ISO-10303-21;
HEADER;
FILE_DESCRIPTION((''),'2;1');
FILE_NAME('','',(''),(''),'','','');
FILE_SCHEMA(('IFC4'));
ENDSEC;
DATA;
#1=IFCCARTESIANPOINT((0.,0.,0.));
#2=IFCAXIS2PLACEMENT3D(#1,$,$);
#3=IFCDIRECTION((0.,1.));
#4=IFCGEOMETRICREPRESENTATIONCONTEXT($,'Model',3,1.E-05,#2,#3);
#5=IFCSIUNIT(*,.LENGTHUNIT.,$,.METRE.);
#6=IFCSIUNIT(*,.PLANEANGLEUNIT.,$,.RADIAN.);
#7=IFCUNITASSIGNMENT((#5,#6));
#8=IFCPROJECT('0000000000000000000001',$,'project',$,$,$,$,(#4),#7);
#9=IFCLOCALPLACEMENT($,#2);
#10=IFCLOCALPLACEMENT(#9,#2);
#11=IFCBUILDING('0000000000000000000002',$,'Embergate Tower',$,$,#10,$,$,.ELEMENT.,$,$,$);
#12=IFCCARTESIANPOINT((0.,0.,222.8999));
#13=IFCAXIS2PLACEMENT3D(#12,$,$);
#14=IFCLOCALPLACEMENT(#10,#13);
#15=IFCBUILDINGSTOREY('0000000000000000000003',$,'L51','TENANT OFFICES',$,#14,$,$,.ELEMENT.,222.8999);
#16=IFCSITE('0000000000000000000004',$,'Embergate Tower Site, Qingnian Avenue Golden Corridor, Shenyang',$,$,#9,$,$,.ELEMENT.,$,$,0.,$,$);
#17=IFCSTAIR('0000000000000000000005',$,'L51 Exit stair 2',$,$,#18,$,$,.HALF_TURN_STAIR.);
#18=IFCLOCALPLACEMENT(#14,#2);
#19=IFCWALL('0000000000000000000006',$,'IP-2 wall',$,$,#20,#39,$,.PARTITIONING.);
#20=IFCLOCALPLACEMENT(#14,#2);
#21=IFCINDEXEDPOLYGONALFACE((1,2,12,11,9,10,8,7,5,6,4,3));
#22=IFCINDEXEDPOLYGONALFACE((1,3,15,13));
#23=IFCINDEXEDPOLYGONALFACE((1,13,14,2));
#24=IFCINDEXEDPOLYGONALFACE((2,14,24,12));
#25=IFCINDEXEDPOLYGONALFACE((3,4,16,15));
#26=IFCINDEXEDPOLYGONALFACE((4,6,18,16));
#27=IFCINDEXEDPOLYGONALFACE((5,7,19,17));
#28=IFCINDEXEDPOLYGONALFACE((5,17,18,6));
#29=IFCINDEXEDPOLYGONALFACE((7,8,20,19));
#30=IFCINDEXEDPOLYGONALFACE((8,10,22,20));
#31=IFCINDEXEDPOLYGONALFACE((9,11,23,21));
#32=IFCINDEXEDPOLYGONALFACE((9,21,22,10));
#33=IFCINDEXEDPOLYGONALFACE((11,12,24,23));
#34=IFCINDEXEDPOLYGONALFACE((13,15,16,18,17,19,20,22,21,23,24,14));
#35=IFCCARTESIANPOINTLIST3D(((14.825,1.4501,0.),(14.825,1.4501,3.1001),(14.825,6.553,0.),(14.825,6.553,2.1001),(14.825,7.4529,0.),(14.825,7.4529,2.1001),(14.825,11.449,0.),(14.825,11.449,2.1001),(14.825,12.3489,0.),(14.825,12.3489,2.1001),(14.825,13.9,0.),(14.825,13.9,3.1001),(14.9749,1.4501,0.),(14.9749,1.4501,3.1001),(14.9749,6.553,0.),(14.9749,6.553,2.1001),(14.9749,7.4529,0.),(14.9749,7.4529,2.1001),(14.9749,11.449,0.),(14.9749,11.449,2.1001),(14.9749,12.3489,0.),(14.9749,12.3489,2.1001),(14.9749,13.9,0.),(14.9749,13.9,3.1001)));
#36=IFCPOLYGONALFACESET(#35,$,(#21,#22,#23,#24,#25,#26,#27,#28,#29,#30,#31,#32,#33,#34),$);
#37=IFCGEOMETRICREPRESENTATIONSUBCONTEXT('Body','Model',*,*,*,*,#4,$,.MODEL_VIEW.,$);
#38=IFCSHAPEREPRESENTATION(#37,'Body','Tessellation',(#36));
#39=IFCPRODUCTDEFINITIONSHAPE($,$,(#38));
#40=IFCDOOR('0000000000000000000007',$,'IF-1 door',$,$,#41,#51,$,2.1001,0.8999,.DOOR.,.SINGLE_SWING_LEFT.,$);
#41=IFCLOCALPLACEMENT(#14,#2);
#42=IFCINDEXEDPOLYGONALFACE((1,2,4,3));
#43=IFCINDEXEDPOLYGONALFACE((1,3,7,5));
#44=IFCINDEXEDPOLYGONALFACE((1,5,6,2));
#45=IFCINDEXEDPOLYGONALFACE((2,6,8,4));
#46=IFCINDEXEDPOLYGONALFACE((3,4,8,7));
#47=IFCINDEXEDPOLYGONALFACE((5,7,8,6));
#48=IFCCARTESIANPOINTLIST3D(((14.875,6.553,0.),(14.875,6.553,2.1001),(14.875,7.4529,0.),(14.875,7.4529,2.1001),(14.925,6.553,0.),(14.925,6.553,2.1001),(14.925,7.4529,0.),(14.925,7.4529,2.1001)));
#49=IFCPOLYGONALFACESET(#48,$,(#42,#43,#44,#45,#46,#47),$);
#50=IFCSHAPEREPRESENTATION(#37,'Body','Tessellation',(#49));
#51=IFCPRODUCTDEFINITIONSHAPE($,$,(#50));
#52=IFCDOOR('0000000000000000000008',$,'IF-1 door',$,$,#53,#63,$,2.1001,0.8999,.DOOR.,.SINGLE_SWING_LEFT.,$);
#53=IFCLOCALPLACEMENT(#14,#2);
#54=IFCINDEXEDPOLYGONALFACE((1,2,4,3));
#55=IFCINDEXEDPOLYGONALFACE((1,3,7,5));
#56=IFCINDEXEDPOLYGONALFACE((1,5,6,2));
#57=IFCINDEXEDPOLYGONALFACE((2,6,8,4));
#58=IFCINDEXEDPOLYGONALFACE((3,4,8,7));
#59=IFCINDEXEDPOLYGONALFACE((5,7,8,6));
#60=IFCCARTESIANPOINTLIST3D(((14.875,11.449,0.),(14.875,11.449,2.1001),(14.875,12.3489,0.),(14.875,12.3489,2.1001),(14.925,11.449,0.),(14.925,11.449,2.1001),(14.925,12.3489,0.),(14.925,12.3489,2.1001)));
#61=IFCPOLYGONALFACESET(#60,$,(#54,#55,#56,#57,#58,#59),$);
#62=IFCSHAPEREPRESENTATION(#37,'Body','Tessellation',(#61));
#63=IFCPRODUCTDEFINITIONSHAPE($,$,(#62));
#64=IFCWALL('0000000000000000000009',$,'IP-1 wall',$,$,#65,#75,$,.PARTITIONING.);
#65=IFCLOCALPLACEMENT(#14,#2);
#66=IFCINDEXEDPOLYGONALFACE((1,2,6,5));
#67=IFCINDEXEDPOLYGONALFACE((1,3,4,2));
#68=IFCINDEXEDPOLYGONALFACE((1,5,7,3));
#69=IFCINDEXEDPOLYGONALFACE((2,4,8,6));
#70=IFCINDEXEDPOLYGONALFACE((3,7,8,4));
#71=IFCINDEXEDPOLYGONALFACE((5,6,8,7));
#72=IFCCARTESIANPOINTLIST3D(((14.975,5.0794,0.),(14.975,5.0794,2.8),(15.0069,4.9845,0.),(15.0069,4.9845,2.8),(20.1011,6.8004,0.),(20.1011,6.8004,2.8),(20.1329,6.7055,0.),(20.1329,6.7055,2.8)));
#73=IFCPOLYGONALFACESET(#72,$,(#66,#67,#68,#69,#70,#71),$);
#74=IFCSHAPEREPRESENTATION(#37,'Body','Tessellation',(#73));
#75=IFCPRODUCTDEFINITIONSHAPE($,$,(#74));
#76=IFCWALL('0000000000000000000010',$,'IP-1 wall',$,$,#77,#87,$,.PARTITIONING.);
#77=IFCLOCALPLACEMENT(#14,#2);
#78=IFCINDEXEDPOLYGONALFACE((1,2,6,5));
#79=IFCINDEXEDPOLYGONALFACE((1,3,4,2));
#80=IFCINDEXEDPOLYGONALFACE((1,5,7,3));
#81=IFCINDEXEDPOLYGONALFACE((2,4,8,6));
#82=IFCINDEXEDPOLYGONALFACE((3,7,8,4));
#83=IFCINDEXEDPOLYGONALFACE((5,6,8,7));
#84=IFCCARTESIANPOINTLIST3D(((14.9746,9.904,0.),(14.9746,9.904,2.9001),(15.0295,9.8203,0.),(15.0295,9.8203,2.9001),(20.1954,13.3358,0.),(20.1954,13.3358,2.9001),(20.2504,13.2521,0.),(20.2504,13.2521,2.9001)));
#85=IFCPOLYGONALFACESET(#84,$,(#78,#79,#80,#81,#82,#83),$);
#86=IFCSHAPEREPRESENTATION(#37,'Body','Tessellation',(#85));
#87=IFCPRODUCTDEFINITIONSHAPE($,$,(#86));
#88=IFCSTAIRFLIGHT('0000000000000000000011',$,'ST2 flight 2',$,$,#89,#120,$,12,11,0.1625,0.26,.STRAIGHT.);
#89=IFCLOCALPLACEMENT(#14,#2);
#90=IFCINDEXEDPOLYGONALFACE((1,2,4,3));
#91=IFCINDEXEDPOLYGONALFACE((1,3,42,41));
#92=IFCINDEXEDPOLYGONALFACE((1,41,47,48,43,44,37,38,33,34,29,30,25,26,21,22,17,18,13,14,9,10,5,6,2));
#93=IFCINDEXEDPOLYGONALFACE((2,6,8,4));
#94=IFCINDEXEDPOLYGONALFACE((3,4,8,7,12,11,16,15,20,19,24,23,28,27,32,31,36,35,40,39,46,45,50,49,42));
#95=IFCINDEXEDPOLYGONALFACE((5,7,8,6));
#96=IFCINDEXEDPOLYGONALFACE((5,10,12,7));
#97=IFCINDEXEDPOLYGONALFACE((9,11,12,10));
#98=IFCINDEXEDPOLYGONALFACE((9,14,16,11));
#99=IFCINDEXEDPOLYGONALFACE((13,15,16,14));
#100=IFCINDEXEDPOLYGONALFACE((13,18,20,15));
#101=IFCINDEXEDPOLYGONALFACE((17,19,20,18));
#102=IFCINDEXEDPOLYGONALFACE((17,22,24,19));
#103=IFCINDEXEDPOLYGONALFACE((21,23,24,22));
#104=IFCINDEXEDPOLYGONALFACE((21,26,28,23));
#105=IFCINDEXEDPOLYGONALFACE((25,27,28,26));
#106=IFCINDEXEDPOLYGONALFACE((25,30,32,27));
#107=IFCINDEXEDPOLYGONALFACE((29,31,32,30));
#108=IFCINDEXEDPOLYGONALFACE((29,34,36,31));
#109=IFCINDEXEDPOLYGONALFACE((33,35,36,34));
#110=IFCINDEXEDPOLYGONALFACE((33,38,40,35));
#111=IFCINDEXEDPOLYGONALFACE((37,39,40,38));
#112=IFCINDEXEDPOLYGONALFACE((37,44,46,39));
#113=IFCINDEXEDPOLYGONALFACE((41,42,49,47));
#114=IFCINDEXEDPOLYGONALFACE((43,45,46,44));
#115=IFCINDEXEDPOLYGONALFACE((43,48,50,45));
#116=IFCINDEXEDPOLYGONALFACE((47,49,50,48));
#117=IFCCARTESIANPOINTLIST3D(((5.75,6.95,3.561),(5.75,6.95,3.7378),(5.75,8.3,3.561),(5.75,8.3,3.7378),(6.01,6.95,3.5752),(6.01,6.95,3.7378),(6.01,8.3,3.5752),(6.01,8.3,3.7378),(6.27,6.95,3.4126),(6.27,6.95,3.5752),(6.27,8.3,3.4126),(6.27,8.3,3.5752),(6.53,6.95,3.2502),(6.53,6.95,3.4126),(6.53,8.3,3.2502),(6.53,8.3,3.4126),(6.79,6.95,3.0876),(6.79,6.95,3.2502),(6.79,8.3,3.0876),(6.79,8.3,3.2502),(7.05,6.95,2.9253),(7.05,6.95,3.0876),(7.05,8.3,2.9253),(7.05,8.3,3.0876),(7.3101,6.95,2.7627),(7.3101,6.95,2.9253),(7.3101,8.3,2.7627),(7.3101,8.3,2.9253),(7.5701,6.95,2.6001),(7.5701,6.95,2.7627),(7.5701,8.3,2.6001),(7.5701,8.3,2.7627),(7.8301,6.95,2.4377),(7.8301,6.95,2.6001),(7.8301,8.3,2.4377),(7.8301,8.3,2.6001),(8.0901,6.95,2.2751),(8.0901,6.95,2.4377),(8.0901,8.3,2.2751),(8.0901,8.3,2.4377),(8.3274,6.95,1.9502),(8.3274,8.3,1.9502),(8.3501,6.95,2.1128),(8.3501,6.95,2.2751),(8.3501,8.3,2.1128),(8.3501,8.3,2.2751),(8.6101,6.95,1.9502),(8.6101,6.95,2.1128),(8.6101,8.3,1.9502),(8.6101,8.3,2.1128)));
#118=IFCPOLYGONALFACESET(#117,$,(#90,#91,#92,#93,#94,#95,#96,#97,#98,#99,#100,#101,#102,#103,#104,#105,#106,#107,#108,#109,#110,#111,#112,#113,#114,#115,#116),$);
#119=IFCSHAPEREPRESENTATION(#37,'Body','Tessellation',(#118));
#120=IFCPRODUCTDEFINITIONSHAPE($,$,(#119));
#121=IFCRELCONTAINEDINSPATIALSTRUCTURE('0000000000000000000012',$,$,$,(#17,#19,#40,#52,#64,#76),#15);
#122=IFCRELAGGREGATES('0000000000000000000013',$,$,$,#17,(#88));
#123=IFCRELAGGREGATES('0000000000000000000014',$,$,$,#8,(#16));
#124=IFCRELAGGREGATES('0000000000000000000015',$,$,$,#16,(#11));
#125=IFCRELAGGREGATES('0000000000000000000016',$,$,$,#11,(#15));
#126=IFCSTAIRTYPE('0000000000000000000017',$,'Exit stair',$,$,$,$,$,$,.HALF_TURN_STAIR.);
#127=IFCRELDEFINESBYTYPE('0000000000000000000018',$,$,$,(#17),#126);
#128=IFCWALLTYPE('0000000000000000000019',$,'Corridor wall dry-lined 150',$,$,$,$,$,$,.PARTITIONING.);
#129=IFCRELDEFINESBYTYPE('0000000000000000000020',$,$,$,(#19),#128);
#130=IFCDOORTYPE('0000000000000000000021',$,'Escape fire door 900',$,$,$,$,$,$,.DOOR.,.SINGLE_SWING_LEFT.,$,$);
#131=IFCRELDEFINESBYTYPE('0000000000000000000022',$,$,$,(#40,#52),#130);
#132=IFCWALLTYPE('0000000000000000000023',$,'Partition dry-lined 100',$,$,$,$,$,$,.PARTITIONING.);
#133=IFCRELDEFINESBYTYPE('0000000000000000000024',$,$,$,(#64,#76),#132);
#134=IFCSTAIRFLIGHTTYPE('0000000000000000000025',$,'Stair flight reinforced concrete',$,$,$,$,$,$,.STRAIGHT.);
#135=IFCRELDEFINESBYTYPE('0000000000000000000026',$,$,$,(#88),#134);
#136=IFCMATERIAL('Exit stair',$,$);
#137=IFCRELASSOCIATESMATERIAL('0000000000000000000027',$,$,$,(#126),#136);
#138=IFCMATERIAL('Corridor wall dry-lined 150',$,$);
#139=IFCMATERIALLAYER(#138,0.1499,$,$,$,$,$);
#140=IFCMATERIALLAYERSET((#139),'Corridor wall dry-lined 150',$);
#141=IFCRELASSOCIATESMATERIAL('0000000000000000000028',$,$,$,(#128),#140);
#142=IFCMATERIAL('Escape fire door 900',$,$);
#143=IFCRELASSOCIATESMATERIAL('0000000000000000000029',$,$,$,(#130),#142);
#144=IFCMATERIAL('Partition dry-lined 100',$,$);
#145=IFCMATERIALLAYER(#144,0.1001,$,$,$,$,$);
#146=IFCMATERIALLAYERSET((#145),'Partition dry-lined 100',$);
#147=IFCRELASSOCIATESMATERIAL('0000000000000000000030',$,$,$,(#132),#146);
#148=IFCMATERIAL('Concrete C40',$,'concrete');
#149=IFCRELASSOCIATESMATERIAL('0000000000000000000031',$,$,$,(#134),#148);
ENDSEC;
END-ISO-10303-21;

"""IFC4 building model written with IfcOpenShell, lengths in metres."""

from ifc_helpers import new_model, si_unit, direction, frame, frame_2d, origin, place, context, subcontext, project, spatial, polyline, rectangle, outline, extrude, source, transform, mapped, material, layer, layer_set, type_object, element, fill, aggregate, save


model = new_model("IFC4")

# Units and contexts
model_context = context("Model", 3, precision=1e-05, world=origin(), true_north=direction((0.0, 1.0)))
body_context = subcontext(model_context, "Body", "Model", "MODEL_VIEW")
ifc_project = project(units=[si_unit("LENGTHUNIT", "METRE"), si_unit("PLANEANGLEUNIT", "RADIAN")], contexts=[model_context])

# Site, building, storey
site_placement = place(None, origin())
site = spatial("IfcSite", under=ifc_project, at=site_placement, Name="Embergate Tower Site, Qingnian Avenue Golden Corridor, Shenyang", CompositionType="ELEMENT", RefElevation=0.0)
building_placement = place(site_placement, origin())
building = spatial("IfcBuilding", under=site, at=building_placement, Name="Embergate Tower", CompositionType="ELEMENT")
storey_placement = place(building_placement, frame((0.0, 0.0, 222.8999)))
storey = spatial("IfcBuildingStorey", under=building, at=storey_placement, Name="L51", Description="TENANT OFFICES", CompositionType="ELEMENT", Elevation=222.8999)

# Stair
ifc_material_1 = material(Name="Exit stair")
stair_type = type_object("IfcStairType", Name="Exit stair", PredefinedType="HALF_TURN_STAIR", material=ifc_material_1)
stair_placement = place(storey_placement, origin())
stair = element("IfcStair", 1, at=stair_placement, inside=storey, type_object=stair_type, Name="L51 Exit stair 2", PredefinedType="HALF_TURN_STAIR")
ifc_material_2 = material(Name="Concrete C40", Category="concrete")

# Wall, openings, doors
ifc_material_3 = material(Name="Corridor wall dry-lined 150")
ifc_layer_1 = layer(ifc_material_3, 0.1499)
ifc_layer_set_1 = layer_set([ifc_layer_1], Name="Corridor wall dry-lined 150")
wall_type_1 = type_object("IfcWallType", Name="Corridor wall dry-lined 150", PredefinedType="PARTITIONING", material=ifc_layer_set_1)
shared_shape_1 = source(origin(), body_context, "Body", "SweptSolid", [
    extrude(rectangle(XDim=12.45, YDim=0.1499, at=frame_2d((6.2251, 0.0))), origin(), (0.0, 0.0, 1.0), 3.1001),
])
wall_1_placement = place(storey_placement, frame((14.8999, 1.45, 0.0), z_axis=(0.0, 0.0, 1.0), x_axis=(0.0, 1.0, 0.0)))
wall_1 = element("IfcWall", 2, at=wall_1_placement, inside=storey, type_object=wall_type_1, Name="IP-2 wall", PredefinedType="PARTITIONING", context=body_context, shape_type="MappedRepresentation", body=[
    mapped(shared_shape_1, transform((0.0, 0.0, 0.0))),
])
shared_shape_2 = source(origin(), body_context, "Body", "SweptSolid", [
    extrude(rectangle(XDim=0.8999, YDim=2.1001, at=frame_2d((0.45, 1.05))), frame((0.0, 0.085, 0.0), z_axis=(0.0, -1.0, 0.0), x_axis=(1.0, 0.0, 0.0)), (0.0, 0.0, 1.0), 0.1699),
])
opening_1_placement = place(wall_1_placement, frame((5.103, 0.0, 0.0)))
opening_1 = element("IfcOpeningElement", 3, at=opening_1_placement, cuts=wall_1, PredefinedType="OPENING", context=body_context, shape_type="MappedRepresentation", body=[
    mapped(shared_shape_2, transform((0.0, 0.0, 0.0))),
])
opening_2_placement = place(wall_1_placement, frame((9.999, 0.0, 0.0)))
opening_2 = element("IfcOpeningElement", 4, at=opening_2_placement, cuts=wall_1, PredefinedType="OPENING", context=body_context, shape_type="MappedRepresentation", body=[
    mapped(shared_shape_2, transform((0.0, 0.0, 0.0))),
])
ifc_material_4 = material(Name="Escape fire door 900")
door_type_1 = type_object("IfcDoorType", Name="Escape fire door 900", OperationType="SINGLE_SWING_LEFT", PredefinedType="DOOR", material=ifc_material_4)
shared_shape_3 = source(origin(), body_context, "Body", "SweptSolid", [
    extrude(rectangle(XDim=0.8999, YDim=2.1001, at=frame_2d((0.45, 1.05))), frame((0.0, 0.0249, 0.0), z_axis=(0.0, -1.0, 0.0), x_axis=(1.0, 0.0, 0.0)), (0.0, 0.0, 1.0), 0.05),
])
door_1_placement = place(opening_1_placement, origin())
door_1 = element("IfcDoor", 5, at=door_1_placement, inside=storey, type_object=door_type_1, Name="IF-1 door", OperationType="SINGLE_SWING_LEFT", OverallHeight=2.1001, OverallWidth=0.8999, PredefinedType="DOOR", context=body_context, shape_type="MappedRepresentation", body=[
    mapped(shared_shape_3, transform((0.0, 0.0, 0.0))),
])
fill(opening_1, door_1)
door_2_placement = place(opening_2_placement, origin())
door_2 = element("IfcDoor", 6, at=door_2_placement, inside=storey, type_object=door_type_1, Name="IF-1 door", OperationType="SINGLE_SWING_LEFT", OverallHeight=2.1001, OverallWidth=0.8999, PredefinedType="DOOR", context=body_context, shape_type="MappedRepresentation", body=[
    mapped(shared_shape_3, transform((0.0, 0.0, 0.0))),
])
fill(opening_2, door_2)

# Walls
ifc_material_5 = material(Name="Partition dry-lined 100")
ifc_layer_2 = layer(ifc_material_5, 0.1001)
ifc_layer_set_2 = layer_set([ifc_layer_2], Name="Partition dry-lined 100")
wall_type_2 = type_object("IfcWallType", Name="Partition dry-lined 100", PredefinedType="PARTITIONING", material=ifc_layer_set_2)
shared_shape_4 = source(origin(), body_context, "Body", "SweptSolid", [
    extrude(rectangle(XDim=5.4072, YDim=0.1001, at=frame_2d((2.7036, 0.0))), origin(), (0.0, 0.0, 1.0), 2.8),
])
wall_2_placement = place(storey_placement, frame((14.991, 5.032, 0.0), z_axis=(0.0, 0.0, 1.0), x_axis=(0.947999, 0.318272, 0.0)))
element("IfcWall", 7, at=wall_2_placement, inside=storey, type_object=wall_type_2, Name="IP-1 wall", PredefinedType="PARTITIONING", context=body_context, shape_type="MappedRepresentation", body=[
    mapped(shared_shape_4, transform((0.0, 0.0, 0.0))),
])
shared_shape_5 = source(origin(), body_context, "Body", "SweptSolid", [
    extrude(rectangle(XDim=6.2478, YDim=0.1001, at=frame_2d((3.124, 0.0))), origin(), (0.0, 0.0, 1.0), 2.9001),
])
wall_3_placement = place(storey_placement, frame((15.002, 9.8621, 0.0), z_axis=(0.0, 0.0, 1.0), x_axis=(0.835634, 0.549287, 0.0)))
element("IfcWall", 8, at=wall_3_placement, inside=storey, type_object=wall_type_2, Name="IP-1 wall", PredefinedType="PARTITIONING", context=body_context, shape_type="MappedRepresentation", body=[
    mapped(shared_shape_5, transform((0.0, 0.0, 0.0))),
])

# Stair flight
stair_flight_type = type_object("IfcStairFlightType", Name="Stair flight reinforced concrete", PredefinedType="STRAIGHT", material=ifc_material_2)
shared_shape_6 = source(origin(), body_context, "Body", "SweptSolid", [
    extrude(outline(polyline([(0.0, 0.0), (0.0, 0.1626), (0.26, 0.1626), (0.26, 0.325), (0.52, 0.325), (0.52, 0.4875), (0.78, 0.4875), (0.78, 0.6499), (1.04, 0.6499), (1.04, 0.8125), (1.3, 0.8125), (1.3, 0.9751), (1.5601, 0.9751), (1.5601, 1.1375), (1.8201, 1.1375), (1.8201, 1.3), (2.0801, 1.3), (2.0801, 1.4624), (2.3401, 1.4624), (2.3401, 1.625), (2.6001, 1.625), (2.6001, 1.7876), (2.8601, 1.7876), (2.8601, 1.95), (2.8601, 1.6108), (0.2827, 0.0), (0.0, 0.0)])), frame((0.0, 0.675, 0.0), z_axis=(0.0, -1.0, 0.0), x_axis=(1.0, 0.0, 0.0)), (0.0, 0.0, 1.0), 1.3501),
])
stair_flight_placement = place(storey_placement, frame((8.6101, 7.625, 1.9502), z_axis=(0.0, 0.0, 1.0), x_axis=(-1.0, 0.0, 0.0)))
stair_flight = element("IfcStairFlight", 9, at=stair_flight_placement, type_object=stair_flight_type, Name="ST2 flight 2", NumberOfRisers=12, NumberOfTreads=11, PredefinedType="STRAIGHT", RiserHeight=0.1625, TreadLength=0.26, context=body_context, shape_type="MappedRepresentation", body=[
    mapped(shared_shape_6, transform((0.0, 0.0, 0.0))),
])
aggregate(stair, [stair_flight])

save(model, "model.ifc")
